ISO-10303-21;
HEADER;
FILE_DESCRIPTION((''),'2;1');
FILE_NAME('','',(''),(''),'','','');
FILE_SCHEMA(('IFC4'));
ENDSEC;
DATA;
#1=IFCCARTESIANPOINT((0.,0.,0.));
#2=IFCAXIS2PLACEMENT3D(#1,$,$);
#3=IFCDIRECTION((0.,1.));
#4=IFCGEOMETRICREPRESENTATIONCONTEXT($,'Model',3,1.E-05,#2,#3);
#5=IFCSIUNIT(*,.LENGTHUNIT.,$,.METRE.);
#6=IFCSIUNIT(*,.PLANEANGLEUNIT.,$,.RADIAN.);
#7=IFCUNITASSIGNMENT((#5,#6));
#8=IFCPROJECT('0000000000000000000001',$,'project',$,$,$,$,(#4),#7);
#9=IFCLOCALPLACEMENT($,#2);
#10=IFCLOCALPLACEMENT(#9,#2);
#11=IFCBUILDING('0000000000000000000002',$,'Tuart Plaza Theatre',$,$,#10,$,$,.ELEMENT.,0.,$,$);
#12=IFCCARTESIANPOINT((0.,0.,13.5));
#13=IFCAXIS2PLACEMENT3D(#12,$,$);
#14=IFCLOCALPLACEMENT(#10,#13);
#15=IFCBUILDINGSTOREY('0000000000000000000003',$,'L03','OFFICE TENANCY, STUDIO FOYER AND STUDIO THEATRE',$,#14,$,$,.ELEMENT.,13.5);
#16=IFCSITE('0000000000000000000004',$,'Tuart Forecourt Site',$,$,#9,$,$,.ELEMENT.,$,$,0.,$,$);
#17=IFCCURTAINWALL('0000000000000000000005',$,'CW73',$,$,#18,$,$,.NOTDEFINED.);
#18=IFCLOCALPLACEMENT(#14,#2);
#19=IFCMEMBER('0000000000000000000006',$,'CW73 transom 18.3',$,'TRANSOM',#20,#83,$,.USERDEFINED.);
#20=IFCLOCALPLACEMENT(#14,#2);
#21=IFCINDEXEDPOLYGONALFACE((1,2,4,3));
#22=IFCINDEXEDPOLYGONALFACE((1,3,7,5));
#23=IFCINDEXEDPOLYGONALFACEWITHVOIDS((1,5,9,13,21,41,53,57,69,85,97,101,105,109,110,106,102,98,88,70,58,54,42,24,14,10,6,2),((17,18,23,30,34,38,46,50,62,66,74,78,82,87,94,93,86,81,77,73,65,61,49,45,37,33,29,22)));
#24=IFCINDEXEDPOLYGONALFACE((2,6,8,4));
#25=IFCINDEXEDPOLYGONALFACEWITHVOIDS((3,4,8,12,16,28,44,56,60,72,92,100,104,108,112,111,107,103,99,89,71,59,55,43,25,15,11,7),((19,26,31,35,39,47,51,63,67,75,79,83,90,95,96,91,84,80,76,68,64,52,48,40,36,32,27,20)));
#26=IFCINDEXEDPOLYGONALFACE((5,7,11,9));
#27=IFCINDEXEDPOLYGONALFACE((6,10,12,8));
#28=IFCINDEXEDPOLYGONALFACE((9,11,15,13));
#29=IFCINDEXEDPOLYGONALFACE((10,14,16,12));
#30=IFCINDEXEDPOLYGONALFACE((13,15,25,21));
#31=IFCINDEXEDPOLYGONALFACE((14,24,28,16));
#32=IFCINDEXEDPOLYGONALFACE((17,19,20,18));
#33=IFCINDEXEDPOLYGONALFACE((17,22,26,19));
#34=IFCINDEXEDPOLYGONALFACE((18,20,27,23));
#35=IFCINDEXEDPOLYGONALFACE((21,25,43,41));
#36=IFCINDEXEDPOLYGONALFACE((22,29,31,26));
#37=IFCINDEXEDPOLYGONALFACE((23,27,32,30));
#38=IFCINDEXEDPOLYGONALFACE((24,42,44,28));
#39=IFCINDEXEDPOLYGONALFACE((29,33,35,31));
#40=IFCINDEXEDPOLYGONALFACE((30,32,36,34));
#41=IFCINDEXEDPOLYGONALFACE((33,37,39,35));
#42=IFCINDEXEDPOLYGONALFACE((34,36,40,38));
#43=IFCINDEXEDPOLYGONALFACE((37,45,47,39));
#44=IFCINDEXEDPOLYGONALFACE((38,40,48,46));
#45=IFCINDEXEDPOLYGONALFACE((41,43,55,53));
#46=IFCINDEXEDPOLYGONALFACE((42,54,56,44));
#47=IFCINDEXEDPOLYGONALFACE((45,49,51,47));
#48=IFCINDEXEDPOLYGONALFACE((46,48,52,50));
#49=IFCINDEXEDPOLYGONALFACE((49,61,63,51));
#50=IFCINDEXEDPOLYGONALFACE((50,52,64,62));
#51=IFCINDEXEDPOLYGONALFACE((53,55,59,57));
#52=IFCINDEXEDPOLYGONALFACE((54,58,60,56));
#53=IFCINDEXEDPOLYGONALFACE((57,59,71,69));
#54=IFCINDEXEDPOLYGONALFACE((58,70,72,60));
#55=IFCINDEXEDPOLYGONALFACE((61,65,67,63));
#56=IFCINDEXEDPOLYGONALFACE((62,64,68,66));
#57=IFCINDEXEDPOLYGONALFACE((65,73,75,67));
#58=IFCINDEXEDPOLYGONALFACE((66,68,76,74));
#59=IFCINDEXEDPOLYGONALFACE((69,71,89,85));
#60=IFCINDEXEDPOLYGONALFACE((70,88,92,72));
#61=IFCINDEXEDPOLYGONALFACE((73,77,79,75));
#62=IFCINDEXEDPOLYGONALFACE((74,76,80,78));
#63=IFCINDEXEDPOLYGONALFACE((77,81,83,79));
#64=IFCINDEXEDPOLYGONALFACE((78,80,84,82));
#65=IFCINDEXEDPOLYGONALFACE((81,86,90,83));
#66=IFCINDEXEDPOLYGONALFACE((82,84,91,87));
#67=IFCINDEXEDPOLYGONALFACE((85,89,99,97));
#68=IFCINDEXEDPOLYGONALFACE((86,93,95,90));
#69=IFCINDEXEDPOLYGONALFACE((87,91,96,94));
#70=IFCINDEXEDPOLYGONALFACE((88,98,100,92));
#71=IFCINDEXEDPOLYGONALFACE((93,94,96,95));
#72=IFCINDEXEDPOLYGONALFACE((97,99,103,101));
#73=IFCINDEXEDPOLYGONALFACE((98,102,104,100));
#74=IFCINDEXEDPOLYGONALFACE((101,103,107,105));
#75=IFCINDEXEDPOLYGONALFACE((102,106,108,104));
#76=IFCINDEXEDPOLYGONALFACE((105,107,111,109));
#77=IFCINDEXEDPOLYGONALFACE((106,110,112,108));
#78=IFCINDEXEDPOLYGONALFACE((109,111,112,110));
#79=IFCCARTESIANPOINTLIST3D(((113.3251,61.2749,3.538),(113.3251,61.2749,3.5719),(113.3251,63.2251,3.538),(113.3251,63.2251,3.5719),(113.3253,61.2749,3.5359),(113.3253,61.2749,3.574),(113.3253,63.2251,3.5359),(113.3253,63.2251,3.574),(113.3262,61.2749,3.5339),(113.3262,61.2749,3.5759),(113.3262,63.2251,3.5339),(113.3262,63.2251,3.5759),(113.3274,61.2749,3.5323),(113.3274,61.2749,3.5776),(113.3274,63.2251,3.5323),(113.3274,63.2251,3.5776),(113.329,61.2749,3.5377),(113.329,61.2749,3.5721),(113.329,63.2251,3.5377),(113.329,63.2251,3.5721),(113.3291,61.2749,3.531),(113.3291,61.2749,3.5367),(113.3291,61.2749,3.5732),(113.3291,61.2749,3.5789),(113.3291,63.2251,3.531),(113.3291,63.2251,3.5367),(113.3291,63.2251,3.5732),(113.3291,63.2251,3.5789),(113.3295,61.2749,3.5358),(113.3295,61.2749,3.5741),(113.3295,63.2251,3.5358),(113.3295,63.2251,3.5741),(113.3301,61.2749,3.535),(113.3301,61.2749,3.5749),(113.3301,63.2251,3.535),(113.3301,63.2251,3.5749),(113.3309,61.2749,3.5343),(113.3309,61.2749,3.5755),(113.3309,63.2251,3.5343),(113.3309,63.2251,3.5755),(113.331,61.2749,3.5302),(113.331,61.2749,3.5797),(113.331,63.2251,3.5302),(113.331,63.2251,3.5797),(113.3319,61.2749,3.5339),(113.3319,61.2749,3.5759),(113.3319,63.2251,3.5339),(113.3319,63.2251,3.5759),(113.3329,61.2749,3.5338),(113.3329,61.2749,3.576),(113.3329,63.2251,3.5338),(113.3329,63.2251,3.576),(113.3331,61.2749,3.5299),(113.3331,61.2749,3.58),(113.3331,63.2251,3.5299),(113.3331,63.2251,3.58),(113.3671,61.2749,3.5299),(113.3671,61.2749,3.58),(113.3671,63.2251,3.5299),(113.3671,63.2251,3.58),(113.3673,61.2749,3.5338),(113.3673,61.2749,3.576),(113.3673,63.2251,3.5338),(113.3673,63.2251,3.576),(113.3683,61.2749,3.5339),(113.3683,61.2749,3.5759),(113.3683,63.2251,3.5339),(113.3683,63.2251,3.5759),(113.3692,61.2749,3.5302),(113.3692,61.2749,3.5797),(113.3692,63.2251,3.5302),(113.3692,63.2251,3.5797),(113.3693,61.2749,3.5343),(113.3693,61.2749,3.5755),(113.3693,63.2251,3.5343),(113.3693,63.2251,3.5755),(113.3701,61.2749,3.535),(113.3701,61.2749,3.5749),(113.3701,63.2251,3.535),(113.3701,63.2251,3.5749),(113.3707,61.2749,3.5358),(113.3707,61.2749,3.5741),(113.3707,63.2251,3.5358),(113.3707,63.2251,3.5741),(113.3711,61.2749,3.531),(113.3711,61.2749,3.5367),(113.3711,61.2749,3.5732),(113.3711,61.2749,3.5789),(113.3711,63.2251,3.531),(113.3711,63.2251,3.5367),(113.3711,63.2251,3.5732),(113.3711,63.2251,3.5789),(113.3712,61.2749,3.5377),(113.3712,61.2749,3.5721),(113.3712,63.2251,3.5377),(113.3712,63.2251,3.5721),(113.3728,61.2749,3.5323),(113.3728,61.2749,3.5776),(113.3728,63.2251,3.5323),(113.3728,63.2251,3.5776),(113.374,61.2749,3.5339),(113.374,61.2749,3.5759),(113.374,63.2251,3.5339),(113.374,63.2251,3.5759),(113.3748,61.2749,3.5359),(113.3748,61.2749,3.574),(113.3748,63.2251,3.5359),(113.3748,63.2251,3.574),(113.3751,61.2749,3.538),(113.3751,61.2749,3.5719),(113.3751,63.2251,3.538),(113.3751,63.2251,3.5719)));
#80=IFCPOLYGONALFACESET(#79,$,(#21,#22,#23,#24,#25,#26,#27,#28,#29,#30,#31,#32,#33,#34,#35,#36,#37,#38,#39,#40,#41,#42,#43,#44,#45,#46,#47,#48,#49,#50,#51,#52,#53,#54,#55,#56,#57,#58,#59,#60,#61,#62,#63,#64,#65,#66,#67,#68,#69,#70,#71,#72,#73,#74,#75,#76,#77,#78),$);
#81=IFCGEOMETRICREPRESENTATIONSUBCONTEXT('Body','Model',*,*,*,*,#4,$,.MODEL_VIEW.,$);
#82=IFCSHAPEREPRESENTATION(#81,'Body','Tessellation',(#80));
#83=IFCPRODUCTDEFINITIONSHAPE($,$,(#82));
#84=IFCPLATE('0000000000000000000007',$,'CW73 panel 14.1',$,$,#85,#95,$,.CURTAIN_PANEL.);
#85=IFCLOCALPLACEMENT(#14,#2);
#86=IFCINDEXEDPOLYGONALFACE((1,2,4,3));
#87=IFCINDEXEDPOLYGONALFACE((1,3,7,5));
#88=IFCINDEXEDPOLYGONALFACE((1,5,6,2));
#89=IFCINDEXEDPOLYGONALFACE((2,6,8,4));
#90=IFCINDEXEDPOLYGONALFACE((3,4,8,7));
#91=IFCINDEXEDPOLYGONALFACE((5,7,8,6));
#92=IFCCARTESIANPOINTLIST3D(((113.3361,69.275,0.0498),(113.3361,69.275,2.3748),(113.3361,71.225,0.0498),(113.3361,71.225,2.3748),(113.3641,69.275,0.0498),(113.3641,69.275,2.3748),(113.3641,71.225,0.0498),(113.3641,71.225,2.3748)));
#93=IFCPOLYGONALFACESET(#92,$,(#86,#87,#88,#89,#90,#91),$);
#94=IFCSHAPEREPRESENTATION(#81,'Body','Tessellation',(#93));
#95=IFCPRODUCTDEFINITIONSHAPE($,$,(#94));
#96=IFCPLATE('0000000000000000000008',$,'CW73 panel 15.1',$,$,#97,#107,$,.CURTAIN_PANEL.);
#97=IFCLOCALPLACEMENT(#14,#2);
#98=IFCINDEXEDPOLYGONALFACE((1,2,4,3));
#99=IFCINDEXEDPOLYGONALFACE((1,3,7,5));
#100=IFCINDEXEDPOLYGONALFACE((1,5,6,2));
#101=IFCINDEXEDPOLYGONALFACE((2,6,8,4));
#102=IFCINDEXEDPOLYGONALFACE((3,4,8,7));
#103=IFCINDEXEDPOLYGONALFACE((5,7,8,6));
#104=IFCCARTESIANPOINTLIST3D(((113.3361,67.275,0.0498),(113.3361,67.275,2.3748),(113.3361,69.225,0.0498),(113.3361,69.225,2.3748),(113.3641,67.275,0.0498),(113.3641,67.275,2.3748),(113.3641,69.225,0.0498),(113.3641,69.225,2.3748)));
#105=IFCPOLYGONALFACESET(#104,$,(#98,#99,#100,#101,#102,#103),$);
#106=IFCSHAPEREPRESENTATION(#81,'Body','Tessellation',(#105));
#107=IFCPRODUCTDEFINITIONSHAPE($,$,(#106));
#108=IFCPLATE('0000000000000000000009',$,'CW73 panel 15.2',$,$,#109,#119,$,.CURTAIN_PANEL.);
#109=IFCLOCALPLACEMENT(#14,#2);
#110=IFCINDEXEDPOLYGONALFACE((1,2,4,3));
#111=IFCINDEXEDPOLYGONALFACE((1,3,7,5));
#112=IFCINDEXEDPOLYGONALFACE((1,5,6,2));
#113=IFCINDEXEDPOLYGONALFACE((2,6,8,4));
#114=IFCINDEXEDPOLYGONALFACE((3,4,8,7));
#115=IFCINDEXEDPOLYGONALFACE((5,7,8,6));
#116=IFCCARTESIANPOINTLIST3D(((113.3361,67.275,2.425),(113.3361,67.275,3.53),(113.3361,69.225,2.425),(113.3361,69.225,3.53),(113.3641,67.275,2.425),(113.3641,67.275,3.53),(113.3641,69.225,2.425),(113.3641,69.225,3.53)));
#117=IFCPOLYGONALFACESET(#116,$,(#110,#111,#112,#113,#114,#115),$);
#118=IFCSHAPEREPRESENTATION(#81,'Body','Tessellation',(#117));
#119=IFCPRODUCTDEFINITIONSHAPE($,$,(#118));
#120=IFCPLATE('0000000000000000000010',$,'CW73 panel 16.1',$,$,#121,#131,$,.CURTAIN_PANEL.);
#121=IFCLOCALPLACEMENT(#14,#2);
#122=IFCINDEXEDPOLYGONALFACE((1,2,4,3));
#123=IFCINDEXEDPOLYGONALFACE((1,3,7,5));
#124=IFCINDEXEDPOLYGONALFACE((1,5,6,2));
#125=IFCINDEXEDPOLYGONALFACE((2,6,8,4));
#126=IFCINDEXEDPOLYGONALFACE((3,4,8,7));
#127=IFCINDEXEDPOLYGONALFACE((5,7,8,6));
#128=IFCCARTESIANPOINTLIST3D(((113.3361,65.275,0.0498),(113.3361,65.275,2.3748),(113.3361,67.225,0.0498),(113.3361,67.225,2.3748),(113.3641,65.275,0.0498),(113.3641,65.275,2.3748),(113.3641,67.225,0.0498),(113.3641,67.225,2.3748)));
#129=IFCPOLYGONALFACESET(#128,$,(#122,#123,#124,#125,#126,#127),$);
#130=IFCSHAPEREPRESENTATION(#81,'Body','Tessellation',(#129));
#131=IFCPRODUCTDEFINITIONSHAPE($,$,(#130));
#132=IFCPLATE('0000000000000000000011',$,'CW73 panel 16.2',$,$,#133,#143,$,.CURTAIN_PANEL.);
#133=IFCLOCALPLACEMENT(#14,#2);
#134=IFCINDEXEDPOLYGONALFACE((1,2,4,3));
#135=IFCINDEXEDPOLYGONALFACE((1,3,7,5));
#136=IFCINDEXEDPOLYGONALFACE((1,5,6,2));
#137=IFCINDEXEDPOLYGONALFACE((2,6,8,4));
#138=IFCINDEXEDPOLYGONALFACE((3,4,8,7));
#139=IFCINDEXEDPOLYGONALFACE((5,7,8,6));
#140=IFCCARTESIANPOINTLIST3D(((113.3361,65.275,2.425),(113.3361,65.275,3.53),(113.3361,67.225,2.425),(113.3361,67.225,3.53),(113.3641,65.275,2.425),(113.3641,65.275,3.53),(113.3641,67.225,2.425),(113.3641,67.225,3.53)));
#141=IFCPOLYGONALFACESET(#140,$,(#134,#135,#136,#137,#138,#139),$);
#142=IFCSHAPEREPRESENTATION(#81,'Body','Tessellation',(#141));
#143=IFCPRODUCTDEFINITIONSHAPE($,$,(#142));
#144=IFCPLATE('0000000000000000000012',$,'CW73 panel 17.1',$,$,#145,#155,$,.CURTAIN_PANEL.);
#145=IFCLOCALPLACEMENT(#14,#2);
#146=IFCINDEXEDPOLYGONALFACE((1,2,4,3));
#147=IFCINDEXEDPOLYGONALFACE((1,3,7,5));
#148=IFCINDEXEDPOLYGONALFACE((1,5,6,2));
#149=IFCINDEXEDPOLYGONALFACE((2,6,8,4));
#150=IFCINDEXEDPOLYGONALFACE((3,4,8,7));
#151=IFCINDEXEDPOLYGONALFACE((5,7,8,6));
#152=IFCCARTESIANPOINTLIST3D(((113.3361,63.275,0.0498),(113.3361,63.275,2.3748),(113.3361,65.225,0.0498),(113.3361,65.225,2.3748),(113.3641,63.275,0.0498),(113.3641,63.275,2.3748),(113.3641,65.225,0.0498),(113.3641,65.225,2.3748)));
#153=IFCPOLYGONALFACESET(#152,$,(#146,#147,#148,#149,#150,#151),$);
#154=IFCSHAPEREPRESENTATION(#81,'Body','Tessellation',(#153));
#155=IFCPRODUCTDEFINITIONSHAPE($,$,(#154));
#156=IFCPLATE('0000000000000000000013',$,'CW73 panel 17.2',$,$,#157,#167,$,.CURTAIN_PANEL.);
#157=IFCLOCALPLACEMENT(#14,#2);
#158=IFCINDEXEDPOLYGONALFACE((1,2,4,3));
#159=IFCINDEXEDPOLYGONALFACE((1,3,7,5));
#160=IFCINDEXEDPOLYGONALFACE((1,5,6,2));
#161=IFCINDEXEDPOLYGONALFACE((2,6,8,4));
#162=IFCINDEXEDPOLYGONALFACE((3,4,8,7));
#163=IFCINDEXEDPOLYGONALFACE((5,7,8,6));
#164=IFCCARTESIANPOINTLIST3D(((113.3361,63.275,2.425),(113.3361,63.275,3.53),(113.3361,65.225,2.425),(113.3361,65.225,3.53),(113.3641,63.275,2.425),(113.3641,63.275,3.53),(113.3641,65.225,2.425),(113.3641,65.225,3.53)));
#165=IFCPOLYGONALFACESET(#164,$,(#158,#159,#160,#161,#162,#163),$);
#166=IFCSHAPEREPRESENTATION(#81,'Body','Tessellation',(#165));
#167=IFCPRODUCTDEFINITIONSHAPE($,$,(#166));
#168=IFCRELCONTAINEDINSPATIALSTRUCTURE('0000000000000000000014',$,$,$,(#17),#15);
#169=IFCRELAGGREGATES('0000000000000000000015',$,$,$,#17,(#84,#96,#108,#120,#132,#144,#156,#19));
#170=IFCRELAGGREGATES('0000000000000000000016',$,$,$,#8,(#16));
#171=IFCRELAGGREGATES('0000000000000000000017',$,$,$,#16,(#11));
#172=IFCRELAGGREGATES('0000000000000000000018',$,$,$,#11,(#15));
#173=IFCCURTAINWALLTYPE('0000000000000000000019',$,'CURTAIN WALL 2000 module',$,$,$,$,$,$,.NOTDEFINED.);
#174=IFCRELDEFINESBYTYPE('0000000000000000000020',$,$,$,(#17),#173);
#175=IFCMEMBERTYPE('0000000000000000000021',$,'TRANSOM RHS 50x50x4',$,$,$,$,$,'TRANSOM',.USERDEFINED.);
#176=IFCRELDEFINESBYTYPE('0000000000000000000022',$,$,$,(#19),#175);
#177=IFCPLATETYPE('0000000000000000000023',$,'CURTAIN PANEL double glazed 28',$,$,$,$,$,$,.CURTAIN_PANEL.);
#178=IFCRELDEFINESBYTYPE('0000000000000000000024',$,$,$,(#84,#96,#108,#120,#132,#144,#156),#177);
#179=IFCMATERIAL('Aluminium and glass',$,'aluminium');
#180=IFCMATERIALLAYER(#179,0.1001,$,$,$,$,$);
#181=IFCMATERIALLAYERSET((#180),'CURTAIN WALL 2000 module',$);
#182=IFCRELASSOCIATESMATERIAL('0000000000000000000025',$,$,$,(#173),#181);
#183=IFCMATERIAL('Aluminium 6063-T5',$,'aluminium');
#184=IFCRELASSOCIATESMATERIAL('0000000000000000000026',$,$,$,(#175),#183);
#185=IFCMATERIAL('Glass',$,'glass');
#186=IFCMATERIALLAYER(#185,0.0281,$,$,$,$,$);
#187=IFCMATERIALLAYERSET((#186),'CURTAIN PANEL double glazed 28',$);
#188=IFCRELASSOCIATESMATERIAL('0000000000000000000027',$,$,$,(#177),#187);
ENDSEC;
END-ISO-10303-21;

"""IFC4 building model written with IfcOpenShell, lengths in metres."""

from ifc_helpers import new_model, si_unit, direction, frame, origin, origin_2d, place, context, subcontext, project, spatial, rectangle, hollow_rectangle, extrude, material, layer, layer_set, material_profile, profile_set, type_object, element, aggregate, save


model = new_model("IFC4")

# Units and contexts
model_context = context("Model", 3, precision=1e-05, world=origin(), true_north=direction((0.0, 1.0)))
body_context = subcontext(model_context, "Body", "Model", "MODEL_VIEW")
ifc_project = project(units=[si_unit("LENGTHUNIT", "METRE"), si_unit("PLANEANGLEUNIT", "RADIAN")], contexts=[model_context])

# Site, building, storey
site_placement = place(None, origin())
site = spatial("IfcSite", under=ifc_project, at=site_placement, Name="Tuart Forecourt Site", CompositionType="ELEMENT", RefElevation=0.0)
building_placement = place(site_placement, origin())
building = spatial("IfcBuilding", under=site, at=building_placement, Name="Tuart Plaza Theatre", CompositionType="ELEMENT", ElevationOfRefHeight=0.0)
storey_placement = place(building_placement, frame((0.0, 0.0, 13.5)))
storey = spatial("IfcBuildingStorey", under=building, at=storey_placement, Name="L03", Description="OFFICE TENANCY, STUDIO FOYER AND STUDIO THEATRE", CompositionType="ELEMENT", Elevation=13.5)

# Curtain wall, member, plates
ifc_material_1 = material(Name="Aluminium and glass", Category="aluminium")
ifc_layer_1 = layer(ifc_material_1, 0.1001)
ifc_layer_set_1 = layer_set([ifc_layer_1], Name="CURTAIN WALL 2000 module")
curtain_wall_type = type_object("IfcCurtainWallType", Name="CURTAIN WALL 2000 module", PredefinedType="NOTDEFINED", material=ifc_layer_set_1)
curtain_wall_placement = place(storey_placement, origin())
curtain_wall = element("IfcCurtainWall", 1, at=curtain_wall_placement, inside=storey, type_object=curtain_wall_type, Name="CW73", PredefinedType="NOTDEFINED")
ifc_material_2 = material(Name="Aluminium 6063-T5", Category="aluminium")
ifc_material_profile_1 = material_profile(ifc_material_2, hollow_rectangle(XDim=0.05, YDim=0.05, WallThickness=0.0039, InnerFilletRadius=0.0039, OuterFilletRadius=0.0081, at=origin_2d()), Name="RHS 50x50x4")
ifc_profile_set_1 = profile_set([ifc_material_profile_1], Name="Aluminium 6063-T5")
member_type_1 = type_object("IfcMemberType", Name="TRANSOM RHS 50x50x4", ElementType="TRANSOM", PredefinedType="USERDEFINED", material=ifc_profile_set_1)
member_1_placement = place(storey_placement, frame((113.3501, 63.2251, 3.5549), z_axis=(0.0, -1.0, 0.0), x_axis=(1.0, 0.0, 0.0)))
member_1 = element("IfcMember", 2, at=member_1_placement, type_object=member_type_1, Name="CW73 transom 18.3", ObjectType="TRANSOM", PredefinedType="USERDEFINED", context=body_context, shape_type="SweptSolid", body=[
    extrude(hollow_rectangle(XDim=0.05, YDim=0.05, WallThickness=0.0039, InnerFilletRadius=0.0039, OuterFilletRadius=0.0081, at=origin_2d()), origin(), (0.0, 0.0, 1.0), 1.9502),
])
ifc_material_3 = material(Name="Glass", Category="glass")
ifc_layer_2 = layer(ifc_material_3, 0.0281)
ifc_layer_set_2 = layer_set([ifc_layer_2], Name="CURTAIN PANEL double glazed 28")
plate_type = type_object("IfcPlateType", Name="CURTAIN PANEL double glazed 28", PredefinedType="CURTAIN_PANEL", material=ifc_layer_set_2)
plate_1_placement = place(storey_placement, frame((113.3501, 70.25, 0.0498), z_axis=(0.0, 0.0, 1.0), x_axis=(0.0, -1.0, 0.0)))
plate_1 = element("IfcPlate", 3, at=plate_1_placement, type_object=plate_type, Name="CW73 panel 14.1", PredefinedType="CURTAIN_PANEL", context=body_context, shape_type="SweptSolid", body=[
    extrude(rectangle(XDim=1.95, YDim=0.0281, at=origin_2d()), origin(), (0.0, 0.0, 1.0), 2.325),
])
plate_2_placement = place(storey_placement, frame((113.3501, 68.25, 0.0498), z_axis=(0.0, 0.0, 1.0), x_axis=(0.0, -1.0, 0.0)))
plate_2 = element("IfcPlate", 4, at=plate_2_placement, type_object=plate_type, Name="CW73 panel 15.1", PredefinedType="CURTAIN_PANEL", context=body_context, shape_type="SweptSolid", body=[
    extrude(rectangle(XDim=1.95, YDim=0.0281, at=origin_2d()), origin(), (0.0, 0.0, 1.0), 2.325),
])
plate_3_placement = place(storey_placement, frame((113.3501, 68.25, 2.425), z_axis=(0.0, 0.0, 1.0), x_axis=(0.0, -1.0, 0.0)))
plate_3 = element("IfcPlate", 5, at=plate_3_placement, type_object=plate_type, Name="CW73 panel 15.2", PredefinedType="CURTAIN_PANEL", context=body_context, shape_type="SweptSolid", body=[
    extrude(rectangle(XDim=1.95, YDim=0.0281, at=origin_2d()), origin(), (0.0, 0.0, 1.0), 1.105),
])
plate_4_placement = place(storey_placement, frame((113.3501, 66.25, 0.0498), z_axis=(0.0, 0.0, 1.0), x_axis=(0.0, -1.0, 0.0)))
plate_4 = element("IfcPlate", 6, at=plate_4_placement, type_object=plate_type, Name="CW73 panel 16.1", PredefinedType="CURTAIN_PANEL", context=body_context, shape_type="SweptSolid", body=[
    extrude(rectangle(XDim=1.95, YDim=0.0281, at=origin_2d()), origin(), (0.0, 0.0, 1.0), 2.325),
])
plate_5_placement = place(storey_placement, frame((113.3501, 66.25, 2.425), z_axis=(0.0, 0.0, 1.0), x_axis=(0.0, -1.0, 0.0)))
plate_5 = element("IfcPlate", 7, at=plate_5_placement, type_object=plate_type, Name="CW73 panel 16.2", PredefinedType="CURTAIN_PANEL", context=body_context, shape_type="SweptSolid", body=[
    extrude(rectangle(XDim=1.95, YDim=0.0281, at=origin_2d()), origin(), (0.0, 0.0, 1.0), 1.105),
])
plate_6_placement = place(storey_placement, frame((113.3501, 64.25, 0.0498), z_axis=(0.0, 0.0, 1.0), x_axis=(0.0, -1.0, 0.0)))
plate_6 = element("IfcPlate", 8, at=plate_6_placement, type_object=plate_type, Name="CW73 panel 17.1", PredefinedType="CURTAIN_PANEL", context=body_context, shape_type="SweptSolid", body=[
    extrude(rectangle(XDim=1.95, YDim=0.0281, at=origin_2d()), origin(), (0.0, 0.0, 1.0), 2.325),
])
plate_7_placement = place(storey_placement, frame((113.3501, 64.25, 2.425), z_axis=(0.0, 0.0, 1.0), x_axis=(0.0, -1.0, 0.0)))
plate_7 = element("IfcPlate", 9, at=plate_7_placement, type_object=plate_type, Name="CW73 panel 17.2", PredefinedType="CURTAIN_PANEL", context=body_context, shape_type="SweptSolid", body=[
    extrude(rectangle(XDim=1.95, YDim=0.0281, at=origin_2d()), origin(), (0.0, 0.0, 1.0), 1.105),
])
aggregate(curtain_wall, [plate_1, plate_2, plate_3, plate_4, plate_5, plate_6, plate_7, member_1])

save(model, "model.ifc")
